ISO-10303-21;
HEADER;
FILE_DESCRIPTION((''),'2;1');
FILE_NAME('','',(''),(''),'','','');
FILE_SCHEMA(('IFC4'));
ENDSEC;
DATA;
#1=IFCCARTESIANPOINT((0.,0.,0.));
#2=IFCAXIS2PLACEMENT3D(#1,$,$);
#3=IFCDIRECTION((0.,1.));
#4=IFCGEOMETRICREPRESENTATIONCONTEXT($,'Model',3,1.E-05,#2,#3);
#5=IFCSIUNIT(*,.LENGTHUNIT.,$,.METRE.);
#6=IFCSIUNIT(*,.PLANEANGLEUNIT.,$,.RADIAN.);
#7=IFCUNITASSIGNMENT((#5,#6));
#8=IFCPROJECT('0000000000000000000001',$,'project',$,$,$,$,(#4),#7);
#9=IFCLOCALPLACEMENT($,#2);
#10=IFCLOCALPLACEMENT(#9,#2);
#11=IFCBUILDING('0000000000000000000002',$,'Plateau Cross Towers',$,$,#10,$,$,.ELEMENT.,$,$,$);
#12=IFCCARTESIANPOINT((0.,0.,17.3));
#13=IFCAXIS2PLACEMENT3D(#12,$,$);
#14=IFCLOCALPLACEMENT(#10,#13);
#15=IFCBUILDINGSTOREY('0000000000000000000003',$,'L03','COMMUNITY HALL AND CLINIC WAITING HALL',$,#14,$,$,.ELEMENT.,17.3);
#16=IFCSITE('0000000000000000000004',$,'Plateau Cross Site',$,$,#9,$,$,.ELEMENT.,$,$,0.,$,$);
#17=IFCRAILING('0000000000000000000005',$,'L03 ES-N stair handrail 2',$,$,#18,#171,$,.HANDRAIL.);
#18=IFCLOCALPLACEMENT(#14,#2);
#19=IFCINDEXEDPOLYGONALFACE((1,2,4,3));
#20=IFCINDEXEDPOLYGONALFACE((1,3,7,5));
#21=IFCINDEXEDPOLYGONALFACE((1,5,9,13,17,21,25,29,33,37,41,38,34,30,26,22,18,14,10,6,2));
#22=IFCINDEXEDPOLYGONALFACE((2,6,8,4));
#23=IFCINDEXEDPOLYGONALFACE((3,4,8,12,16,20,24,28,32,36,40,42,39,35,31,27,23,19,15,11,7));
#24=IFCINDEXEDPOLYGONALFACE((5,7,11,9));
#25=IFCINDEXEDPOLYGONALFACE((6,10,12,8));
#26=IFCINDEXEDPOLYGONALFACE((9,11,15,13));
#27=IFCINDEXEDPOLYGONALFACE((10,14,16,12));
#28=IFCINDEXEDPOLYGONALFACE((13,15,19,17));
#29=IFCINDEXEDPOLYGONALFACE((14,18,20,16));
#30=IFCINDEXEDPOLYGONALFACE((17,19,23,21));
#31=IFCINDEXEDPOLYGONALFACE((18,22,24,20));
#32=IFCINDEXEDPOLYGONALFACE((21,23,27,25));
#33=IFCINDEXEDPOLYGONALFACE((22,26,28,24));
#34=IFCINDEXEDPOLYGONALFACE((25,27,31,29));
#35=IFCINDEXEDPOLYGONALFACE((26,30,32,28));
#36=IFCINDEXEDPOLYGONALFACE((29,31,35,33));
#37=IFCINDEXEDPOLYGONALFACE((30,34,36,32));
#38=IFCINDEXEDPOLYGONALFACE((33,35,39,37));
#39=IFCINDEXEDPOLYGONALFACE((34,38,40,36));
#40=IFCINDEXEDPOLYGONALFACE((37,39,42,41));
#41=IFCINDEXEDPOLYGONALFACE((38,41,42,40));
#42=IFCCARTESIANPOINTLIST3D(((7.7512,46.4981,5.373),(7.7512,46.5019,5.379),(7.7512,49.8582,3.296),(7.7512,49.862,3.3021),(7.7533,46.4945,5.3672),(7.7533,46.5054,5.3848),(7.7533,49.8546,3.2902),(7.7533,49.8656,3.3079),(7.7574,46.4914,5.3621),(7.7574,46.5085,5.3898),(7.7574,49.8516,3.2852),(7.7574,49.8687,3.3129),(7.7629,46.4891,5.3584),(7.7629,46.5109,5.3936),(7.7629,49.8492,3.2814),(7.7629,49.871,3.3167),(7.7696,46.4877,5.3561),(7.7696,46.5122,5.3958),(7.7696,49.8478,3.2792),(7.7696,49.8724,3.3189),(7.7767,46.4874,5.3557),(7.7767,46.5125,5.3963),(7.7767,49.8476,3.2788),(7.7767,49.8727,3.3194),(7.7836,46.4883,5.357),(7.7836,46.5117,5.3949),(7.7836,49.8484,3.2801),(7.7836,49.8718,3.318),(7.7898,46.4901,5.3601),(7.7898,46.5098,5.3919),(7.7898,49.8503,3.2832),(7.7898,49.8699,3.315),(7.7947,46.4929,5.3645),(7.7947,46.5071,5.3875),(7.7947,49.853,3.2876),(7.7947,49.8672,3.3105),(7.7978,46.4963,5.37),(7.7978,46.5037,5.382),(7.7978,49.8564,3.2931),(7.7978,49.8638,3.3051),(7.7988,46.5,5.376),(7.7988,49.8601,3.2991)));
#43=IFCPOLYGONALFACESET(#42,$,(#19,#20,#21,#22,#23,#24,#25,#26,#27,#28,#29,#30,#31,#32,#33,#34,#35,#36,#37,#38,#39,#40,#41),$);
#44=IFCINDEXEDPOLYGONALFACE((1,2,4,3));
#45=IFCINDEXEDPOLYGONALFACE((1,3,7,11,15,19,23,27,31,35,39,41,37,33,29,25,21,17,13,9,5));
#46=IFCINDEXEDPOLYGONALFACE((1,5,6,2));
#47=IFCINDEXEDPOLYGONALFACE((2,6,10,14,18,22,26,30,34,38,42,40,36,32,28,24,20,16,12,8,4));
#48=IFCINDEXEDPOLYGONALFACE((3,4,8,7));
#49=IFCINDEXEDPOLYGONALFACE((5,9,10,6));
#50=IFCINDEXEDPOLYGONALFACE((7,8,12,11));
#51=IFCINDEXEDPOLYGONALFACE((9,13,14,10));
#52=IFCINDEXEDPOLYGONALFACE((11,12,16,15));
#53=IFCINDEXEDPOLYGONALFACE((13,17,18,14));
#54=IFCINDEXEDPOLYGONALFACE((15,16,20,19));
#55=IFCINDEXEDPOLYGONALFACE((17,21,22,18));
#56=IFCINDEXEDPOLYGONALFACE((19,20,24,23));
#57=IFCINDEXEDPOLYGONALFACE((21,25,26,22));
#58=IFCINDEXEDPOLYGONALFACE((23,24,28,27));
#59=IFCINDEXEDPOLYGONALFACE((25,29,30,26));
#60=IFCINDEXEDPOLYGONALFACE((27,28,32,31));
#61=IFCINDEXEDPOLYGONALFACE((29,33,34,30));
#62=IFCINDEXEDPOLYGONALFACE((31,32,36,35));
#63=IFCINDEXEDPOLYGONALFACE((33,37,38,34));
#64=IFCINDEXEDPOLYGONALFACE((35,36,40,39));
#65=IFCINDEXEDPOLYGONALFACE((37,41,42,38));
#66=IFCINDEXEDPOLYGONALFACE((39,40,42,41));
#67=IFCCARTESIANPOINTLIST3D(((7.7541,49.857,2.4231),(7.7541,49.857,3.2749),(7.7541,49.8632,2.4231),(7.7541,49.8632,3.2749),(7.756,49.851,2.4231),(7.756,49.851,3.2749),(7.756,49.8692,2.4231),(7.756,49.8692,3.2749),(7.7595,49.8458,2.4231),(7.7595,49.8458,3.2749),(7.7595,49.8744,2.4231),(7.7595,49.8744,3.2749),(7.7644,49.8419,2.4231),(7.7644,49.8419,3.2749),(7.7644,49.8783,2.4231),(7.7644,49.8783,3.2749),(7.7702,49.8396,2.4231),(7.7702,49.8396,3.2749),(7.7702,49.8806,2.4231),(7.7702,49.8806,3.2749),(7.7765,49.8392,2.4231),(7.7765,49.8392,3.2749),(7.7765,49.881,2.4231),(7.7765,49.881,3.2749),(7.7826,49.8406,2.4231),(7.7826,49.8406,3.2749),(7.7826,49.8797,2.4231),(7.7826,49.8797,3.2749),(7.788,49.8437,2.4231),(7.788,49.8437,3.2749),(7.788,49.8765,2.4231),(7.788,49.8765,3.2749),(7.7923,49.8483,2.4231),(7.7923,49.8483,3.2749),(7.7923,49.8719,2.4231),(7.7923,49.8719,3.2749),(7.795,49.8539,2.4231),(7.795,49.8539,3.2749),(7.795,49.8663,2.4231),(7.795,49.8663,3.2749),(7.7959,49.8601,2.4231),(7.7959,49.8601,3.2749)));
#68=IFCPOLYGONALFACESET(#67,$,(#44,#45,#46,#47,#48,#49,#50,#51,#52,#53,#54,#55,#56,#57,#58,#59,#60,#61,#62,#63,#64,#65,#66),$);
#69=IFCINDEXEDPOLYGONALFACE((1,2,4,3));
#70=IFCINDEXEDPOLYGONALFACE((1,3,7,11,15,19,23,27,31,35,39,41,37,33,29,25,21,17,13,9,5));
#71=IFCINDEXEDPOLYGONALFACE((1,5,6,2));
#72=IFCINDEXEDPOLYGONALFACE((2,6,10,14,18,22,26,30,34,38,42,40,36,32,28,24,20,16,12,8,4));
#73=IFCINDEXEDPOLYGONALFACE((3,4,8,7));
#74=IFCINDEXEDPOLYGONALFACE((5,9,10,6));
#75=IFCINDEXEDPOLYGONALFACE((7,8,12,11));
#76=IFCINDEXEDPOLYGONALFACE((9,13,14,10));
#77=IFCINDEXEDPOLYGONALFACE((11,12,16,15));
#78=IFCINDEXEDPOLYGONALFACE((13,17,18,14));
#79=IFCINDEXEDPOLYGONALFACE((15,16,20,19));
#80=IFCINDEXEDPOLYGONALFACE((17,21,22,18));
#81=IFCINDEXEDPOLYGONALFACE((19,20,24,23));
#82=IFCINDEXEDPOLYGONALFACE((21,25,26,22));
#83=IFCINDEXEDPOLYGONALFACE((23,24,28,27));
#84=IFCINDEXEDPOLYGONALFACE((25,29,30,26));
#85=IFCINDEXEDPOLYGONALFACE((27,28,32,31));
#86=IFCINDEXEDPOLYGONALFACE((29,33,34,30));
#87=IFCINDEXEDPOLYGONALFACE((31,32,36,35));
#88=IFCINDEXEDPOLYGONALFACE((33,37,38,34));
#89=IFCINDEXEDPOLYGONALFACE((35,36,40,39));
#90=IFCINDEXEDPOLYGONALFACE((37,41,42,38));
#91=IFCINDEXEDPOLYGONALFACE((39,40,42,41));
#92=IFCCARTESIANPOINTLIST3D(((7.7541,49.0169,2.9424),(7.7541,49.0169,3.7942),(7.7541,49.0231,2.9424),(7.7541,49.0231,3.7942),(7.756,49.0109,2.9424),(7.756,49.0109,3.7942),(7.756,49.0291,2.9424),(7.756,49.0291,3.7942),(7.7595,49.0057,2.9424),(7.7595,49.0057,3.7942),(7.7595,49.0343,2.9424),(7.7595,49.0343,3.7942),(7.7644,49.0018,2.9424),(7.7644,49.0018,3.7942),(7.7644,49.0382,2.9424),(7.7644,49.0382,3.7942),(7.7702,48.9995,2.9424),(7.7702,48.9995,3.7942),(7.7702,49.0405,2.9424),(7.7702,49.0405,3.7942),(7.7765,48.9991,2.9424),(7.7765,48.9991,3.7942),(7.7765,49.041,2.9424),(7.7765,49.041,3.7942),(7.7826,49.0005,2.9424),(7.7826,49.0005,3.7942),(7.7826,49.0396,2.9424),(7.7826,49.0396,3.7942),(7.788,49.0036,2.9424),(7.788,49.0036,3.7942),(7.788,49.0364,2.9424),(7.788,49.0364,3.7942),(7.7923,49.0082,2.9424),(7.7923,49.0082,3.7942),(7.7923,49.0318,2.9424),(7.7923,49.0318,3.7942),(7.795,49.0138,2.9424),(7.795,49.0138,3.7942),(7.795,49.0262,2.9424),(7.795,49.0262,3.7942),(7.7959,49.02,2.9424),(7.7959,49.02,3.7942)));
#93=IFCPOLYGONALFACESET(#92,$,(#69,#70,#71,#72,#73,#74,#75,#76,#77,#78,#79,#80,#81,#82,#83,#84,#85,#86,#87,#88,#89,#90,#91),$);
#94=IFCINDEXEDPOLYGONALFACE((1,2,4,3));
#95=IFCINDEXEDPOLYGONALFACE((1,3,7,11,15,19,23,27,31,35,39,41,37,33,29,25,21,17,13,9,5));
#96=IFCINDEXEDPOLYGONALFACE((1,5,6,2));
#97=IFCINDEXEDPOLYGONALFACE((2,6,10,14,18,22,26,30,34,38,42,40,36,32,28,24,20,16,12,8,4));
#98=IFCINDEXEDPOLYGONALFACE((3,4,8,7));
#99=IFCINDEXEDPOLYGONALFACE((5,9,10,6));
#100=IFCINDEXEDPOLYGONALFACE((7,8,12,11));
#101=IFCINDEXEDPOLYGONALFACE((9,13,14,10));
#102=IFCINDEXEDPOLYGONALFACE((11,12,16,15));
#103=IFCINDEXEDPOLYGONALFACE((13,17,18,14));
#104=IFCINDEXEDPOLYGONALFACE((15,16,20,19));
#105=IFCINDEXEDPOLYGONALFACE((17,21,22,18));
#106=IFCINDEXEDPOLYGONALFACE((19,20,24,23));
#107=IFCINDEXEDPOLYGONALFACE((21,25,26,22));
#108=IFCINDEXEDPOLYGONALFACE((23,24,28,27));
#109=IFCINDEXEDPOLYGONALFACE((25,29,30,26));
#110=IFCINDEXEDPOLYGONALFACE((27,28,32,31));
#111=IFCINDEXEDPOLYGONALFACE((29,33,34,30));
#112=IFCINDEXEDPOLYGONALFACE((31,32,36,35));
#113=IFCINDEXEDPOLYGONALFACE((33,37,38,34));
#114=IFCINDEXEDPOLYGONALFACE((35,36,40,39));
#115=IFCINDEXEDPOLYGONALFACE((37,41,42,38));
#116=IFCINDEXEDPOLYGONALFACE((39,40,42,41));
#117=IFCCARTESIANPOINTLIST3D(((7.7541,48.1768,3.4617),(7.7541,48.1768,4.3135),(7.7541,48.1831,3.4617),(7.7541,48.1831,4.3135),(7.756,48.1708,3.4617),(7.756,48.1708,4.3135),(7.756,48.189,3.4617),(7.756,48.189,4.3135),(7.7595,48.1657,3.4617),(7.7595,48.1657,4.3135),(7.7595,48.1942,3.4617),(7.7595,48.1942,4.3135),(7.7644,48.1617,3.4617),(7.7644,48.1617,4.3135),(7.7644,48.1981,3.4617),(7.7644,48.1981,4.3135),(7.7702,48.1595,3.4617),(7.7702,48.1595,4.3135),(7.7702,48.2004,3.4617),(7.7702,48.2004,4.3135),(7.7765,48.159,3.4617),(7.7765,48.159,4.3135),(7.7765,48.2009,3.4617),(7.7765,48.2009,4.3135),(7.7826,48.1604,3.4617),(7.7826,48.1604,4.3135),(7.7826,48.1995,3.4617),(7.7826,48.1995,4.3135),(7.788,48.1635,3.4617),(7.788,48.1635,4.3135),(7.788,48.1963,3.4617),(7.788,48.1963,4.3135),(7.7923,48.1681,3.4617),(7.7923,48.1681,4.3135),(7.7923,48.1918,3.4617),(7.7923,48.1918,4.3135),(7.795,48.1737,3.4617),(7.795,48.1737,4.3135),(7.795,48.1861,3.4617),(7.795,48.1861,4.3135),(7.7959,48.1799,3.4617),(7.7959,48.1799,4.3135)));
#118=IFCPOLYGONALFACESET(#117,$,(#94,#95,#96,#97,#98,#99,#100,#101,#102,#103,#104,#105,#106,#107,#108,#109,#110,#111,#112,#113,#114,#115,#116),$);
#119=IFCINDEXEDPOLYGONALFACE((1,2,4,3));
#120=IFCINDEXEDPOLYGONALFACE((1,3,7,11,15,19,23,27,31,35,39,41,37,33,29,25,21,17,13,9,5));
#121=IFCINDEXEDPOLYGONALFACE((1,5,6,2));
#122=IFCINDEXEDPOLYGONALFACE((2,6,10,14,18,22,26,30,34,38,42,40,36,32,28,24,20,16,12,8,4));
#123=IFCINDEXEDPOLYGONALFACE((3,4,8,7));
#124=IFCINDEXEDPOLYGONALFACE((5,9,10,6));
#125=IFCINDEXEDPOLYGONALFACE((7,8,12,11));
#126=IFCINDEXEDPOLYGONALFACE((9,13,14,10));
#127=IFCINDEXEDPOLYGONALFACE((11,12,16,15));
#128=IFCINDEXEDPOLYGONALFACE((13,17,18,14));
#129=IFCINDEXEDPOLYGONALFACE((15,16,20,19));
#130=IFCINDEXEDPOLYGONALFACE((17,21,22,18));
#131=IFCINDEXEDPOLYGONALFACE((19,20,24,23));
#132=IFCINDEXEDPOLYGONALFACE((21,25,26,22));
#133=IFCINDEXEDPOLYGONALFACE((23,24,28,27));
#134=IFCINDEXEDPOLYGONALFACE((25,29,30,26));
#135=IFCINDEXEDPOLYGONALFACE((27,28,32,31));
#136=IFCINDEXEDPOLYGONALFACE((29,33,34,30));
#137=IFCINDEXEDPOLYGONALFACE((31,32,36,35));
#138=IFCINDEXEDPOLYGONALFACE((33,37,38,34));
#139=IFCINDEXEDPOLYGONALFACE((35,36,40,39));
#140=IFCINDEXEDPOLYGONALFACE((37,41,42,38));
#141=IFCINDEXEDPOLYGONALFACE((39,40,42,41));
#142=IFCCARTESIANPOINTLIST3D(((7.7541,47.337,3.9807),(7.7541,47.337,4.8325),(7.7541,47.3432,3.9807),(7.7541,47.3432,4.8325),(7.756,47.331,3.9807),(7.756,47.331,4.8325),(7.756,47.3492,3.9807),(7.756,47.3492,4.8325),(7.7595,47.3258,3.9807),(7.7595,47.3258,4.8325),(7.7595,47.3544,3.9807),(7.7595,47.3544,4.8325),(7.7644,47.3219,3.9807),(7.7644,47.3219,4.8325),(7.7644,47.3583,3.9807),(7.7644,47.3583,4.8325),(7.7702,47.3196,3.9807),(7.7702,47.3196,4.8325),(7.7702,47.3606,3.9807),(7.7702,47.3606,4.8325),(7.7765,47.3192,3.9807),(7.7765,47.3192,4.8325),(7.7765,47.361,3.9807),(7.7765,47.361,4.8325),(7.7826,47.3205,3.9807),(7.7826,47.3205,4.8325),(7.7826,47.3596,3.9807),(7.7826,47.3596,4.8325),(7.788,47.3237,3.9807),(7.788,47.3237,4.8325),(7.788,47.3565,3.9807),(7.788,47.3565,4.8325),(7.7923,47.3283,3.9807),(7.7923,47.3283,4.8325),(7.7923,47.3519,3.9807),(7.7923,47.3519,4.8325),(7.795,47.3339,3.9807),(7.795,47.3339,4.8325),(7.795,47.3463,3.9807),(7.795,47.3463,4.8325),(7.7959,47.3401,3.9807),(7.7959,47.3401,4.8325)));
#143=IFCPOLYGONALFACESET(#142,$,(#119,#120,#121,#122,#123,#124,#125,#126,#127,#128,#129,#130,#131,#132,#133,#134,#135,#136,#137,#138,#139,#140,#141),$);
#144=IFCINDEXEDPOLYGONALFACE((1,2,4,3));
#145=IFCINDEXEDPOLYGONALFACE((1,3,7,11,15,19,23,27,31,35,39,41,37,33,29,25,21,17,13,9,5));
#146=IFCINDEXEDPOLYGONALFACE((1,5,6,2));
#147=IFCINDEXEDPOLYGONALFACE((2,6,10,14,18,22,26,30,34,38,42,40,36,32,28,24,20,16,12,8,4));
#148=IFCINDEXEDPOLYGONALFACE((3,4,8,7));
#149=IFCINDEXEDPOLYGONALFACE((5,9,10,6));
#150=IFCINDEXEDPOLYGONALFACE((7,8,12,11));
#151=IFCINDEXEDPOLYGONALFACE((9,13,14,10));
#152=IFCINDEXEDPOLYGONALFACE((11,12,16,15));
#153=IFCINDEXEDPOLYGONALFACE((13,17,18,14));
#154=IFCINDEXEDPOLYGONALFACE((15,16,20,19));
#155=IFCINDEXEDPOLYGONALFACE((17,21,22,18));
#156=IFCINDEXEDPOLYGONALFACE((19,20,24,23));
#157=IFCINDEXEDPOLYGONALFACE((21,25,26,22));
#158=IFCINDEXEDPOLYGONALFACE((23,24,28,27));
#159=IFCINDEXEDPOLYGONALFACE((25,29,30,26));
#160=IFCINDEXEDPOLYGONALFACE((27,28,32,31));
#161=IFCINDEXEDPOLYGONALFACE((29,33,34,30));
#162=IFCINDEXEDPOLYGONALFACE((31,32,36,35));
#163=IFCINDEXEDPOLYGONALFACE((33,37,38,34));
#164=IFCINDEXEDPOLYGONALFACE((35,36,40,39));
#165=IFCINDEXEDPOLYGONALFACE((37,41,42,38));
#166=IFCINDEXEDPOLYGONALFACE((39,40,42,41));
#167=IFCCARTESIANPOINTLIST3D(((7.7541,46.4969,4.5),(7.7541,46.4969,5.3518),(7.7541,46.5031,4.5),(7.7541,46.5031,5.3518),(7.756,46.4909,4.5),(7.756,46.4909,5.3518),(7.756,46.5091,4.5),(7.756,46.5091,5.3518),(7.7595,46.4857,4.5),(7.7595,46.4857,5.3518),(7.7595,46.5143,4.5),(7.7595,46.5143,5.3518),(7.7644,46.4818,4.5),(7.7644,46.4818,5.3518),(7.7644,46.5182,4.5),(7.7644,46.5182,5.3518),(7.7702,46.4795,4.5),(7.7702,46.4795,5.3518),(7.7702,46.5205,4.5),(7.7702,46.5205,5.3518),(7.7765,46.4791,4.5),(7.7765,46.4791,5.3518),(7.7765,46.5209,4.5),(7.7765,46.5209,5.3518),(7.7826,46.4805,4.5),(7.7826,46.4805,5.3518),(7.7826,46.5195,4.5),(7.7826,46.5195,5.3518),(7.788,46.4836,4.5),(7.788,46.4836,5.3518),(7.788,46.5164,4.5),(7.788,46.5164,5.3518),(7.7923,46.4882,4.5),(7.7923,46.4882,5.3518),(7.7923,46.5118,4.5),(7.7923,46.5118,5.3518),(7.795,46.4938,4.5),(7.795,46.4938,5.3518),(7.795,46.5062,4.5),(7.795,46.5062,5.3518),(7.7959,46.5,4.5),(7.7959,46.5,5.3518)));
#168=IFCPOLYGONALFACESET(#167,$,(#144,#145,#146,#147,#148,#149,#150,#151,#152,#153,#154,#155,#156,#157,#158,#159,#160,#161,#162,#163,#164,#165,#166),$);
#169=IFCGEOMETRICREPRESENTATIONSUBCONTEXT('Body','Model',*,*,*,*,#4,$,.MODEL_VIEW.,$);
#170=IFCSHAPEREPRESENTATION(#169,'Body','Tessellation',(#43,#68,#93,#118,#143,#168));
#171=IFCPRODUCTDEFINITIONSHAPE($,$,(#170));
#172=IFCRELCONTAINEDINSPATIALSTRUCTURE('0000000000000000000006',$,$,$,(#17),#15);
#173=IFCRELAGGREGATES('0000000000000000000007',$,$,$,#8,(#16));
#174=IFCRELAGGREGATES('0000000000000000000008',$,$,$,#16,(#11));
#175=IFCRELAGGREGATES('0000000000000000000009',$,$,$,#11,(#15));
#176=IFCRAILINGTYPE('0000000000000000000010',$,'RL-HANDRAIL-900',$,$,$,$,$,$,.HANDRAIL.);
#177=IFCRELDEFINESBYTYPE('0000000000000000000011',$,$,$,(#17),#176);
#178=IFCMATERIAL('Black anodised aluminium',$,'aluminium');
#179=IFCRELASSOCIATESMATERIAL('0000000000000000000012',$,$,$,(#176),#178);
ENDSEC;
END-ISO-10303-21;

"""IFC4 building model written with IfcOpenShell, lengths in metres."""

from ifc_helpers import new_model, si_unit, direction, frame, origin, origin_2d, place, context, subcontext, project, spatial, circle, extrude, material, type_object, element, save


model = new_model("IFC4")

# Units and contexts
model_context = context("Model", 3, precision=1e-05, world=origin(), true_north=direction((0.0, 1.0)))
body_context = subcontext(model_context, "Body", "Model", "MODEL_VIEW")
ifc_project = project(units=[si_unit("LENGTHUNIT", "METRE"), si_unit("PLANEANGLEUNIT", "RADIAN")], contexts=[model_context])

# Site, building, storey
site_placement = place(None, origin())
site = spatial("IfcSite", under=ifc_project, at=site_placement, Name="Plateau Cross Site", CompositionType="ELEMENT", RefElevation=0.0)
building_placement = place(site_placement, origin())
building = spatial("IfcBuilding", under=site, at=building_placement, Name="Plateau Cross Towers", CompositionType="ELEMENT")
storey_placement = place(building_placement, frame((0.0, 0.0, 17.3)))
storey = spatial("IfcBuildingStorey", under=building, at=storey_placement, Name="L03", Description="COMMUNITY HALL AND CLINIC WAITING HALL", CompositionType="ELEMENT", Elevation=17.3)

# Shared definitions
ifc_material_1 = material(Name="Black anodised aluminium", Category="aluminium")

# Railing
railing_type_1 = type_object("IfcRailingType", Name="RL-HANDRAIL-900", PredefinedType="HANDRAIL", material=ifc_material_1)
railing_1_placement = place(storey_placement, frame((7.7749, 49.8601, 2.4231)))
element("IfcRailing", 1, at=railing_1_placement, inside=storey, type_object=railing_type_1, Name="L03 ES-N stair handrail 2", PredefinedType="HANDRAIL", context=body_context, shape_type="SweptSolid", body=[
    extrude(circle(Radius=0.0239, at=origin_2d()), frame((0.0, 0.0, 0.876), z_axis=(0.0, -0.850623, 0.525776), x_axis=(1.0, 0.0, 0.0)), (0.0, 0.0, 1.0), 3.9502),
    extrude(circle(Radius=0.021, at=origin_2d()), origin(), (0.0, 0.0, 1.0), 0.8518),
    extrude(circle(Radius=0.021, at=origin_2d()), frame((0.0, -0.8401, 0.5193)), (0.0, 0.0, 1.0), 0.8518),
    extrude(circle(Radius=0.021, at=origin_2d()), frame((0.0, -1.6802, 1.0386)), (0.0, 0.0, 1.0), 0.8518),
    extrude(circle(Radius=0.021, at=origin_2d()), frame((0.0, -2.52, 1.5576)), (0.0, 0.0, 1.0), 0.8518),
    extrude(circle(Radius=0.021, at=origin_2d()), frame((0.0, -3.3601, 2.0769)), (0.0, 0.0, 1.0), 0.8518),
])

save(model, "model.ifc")
